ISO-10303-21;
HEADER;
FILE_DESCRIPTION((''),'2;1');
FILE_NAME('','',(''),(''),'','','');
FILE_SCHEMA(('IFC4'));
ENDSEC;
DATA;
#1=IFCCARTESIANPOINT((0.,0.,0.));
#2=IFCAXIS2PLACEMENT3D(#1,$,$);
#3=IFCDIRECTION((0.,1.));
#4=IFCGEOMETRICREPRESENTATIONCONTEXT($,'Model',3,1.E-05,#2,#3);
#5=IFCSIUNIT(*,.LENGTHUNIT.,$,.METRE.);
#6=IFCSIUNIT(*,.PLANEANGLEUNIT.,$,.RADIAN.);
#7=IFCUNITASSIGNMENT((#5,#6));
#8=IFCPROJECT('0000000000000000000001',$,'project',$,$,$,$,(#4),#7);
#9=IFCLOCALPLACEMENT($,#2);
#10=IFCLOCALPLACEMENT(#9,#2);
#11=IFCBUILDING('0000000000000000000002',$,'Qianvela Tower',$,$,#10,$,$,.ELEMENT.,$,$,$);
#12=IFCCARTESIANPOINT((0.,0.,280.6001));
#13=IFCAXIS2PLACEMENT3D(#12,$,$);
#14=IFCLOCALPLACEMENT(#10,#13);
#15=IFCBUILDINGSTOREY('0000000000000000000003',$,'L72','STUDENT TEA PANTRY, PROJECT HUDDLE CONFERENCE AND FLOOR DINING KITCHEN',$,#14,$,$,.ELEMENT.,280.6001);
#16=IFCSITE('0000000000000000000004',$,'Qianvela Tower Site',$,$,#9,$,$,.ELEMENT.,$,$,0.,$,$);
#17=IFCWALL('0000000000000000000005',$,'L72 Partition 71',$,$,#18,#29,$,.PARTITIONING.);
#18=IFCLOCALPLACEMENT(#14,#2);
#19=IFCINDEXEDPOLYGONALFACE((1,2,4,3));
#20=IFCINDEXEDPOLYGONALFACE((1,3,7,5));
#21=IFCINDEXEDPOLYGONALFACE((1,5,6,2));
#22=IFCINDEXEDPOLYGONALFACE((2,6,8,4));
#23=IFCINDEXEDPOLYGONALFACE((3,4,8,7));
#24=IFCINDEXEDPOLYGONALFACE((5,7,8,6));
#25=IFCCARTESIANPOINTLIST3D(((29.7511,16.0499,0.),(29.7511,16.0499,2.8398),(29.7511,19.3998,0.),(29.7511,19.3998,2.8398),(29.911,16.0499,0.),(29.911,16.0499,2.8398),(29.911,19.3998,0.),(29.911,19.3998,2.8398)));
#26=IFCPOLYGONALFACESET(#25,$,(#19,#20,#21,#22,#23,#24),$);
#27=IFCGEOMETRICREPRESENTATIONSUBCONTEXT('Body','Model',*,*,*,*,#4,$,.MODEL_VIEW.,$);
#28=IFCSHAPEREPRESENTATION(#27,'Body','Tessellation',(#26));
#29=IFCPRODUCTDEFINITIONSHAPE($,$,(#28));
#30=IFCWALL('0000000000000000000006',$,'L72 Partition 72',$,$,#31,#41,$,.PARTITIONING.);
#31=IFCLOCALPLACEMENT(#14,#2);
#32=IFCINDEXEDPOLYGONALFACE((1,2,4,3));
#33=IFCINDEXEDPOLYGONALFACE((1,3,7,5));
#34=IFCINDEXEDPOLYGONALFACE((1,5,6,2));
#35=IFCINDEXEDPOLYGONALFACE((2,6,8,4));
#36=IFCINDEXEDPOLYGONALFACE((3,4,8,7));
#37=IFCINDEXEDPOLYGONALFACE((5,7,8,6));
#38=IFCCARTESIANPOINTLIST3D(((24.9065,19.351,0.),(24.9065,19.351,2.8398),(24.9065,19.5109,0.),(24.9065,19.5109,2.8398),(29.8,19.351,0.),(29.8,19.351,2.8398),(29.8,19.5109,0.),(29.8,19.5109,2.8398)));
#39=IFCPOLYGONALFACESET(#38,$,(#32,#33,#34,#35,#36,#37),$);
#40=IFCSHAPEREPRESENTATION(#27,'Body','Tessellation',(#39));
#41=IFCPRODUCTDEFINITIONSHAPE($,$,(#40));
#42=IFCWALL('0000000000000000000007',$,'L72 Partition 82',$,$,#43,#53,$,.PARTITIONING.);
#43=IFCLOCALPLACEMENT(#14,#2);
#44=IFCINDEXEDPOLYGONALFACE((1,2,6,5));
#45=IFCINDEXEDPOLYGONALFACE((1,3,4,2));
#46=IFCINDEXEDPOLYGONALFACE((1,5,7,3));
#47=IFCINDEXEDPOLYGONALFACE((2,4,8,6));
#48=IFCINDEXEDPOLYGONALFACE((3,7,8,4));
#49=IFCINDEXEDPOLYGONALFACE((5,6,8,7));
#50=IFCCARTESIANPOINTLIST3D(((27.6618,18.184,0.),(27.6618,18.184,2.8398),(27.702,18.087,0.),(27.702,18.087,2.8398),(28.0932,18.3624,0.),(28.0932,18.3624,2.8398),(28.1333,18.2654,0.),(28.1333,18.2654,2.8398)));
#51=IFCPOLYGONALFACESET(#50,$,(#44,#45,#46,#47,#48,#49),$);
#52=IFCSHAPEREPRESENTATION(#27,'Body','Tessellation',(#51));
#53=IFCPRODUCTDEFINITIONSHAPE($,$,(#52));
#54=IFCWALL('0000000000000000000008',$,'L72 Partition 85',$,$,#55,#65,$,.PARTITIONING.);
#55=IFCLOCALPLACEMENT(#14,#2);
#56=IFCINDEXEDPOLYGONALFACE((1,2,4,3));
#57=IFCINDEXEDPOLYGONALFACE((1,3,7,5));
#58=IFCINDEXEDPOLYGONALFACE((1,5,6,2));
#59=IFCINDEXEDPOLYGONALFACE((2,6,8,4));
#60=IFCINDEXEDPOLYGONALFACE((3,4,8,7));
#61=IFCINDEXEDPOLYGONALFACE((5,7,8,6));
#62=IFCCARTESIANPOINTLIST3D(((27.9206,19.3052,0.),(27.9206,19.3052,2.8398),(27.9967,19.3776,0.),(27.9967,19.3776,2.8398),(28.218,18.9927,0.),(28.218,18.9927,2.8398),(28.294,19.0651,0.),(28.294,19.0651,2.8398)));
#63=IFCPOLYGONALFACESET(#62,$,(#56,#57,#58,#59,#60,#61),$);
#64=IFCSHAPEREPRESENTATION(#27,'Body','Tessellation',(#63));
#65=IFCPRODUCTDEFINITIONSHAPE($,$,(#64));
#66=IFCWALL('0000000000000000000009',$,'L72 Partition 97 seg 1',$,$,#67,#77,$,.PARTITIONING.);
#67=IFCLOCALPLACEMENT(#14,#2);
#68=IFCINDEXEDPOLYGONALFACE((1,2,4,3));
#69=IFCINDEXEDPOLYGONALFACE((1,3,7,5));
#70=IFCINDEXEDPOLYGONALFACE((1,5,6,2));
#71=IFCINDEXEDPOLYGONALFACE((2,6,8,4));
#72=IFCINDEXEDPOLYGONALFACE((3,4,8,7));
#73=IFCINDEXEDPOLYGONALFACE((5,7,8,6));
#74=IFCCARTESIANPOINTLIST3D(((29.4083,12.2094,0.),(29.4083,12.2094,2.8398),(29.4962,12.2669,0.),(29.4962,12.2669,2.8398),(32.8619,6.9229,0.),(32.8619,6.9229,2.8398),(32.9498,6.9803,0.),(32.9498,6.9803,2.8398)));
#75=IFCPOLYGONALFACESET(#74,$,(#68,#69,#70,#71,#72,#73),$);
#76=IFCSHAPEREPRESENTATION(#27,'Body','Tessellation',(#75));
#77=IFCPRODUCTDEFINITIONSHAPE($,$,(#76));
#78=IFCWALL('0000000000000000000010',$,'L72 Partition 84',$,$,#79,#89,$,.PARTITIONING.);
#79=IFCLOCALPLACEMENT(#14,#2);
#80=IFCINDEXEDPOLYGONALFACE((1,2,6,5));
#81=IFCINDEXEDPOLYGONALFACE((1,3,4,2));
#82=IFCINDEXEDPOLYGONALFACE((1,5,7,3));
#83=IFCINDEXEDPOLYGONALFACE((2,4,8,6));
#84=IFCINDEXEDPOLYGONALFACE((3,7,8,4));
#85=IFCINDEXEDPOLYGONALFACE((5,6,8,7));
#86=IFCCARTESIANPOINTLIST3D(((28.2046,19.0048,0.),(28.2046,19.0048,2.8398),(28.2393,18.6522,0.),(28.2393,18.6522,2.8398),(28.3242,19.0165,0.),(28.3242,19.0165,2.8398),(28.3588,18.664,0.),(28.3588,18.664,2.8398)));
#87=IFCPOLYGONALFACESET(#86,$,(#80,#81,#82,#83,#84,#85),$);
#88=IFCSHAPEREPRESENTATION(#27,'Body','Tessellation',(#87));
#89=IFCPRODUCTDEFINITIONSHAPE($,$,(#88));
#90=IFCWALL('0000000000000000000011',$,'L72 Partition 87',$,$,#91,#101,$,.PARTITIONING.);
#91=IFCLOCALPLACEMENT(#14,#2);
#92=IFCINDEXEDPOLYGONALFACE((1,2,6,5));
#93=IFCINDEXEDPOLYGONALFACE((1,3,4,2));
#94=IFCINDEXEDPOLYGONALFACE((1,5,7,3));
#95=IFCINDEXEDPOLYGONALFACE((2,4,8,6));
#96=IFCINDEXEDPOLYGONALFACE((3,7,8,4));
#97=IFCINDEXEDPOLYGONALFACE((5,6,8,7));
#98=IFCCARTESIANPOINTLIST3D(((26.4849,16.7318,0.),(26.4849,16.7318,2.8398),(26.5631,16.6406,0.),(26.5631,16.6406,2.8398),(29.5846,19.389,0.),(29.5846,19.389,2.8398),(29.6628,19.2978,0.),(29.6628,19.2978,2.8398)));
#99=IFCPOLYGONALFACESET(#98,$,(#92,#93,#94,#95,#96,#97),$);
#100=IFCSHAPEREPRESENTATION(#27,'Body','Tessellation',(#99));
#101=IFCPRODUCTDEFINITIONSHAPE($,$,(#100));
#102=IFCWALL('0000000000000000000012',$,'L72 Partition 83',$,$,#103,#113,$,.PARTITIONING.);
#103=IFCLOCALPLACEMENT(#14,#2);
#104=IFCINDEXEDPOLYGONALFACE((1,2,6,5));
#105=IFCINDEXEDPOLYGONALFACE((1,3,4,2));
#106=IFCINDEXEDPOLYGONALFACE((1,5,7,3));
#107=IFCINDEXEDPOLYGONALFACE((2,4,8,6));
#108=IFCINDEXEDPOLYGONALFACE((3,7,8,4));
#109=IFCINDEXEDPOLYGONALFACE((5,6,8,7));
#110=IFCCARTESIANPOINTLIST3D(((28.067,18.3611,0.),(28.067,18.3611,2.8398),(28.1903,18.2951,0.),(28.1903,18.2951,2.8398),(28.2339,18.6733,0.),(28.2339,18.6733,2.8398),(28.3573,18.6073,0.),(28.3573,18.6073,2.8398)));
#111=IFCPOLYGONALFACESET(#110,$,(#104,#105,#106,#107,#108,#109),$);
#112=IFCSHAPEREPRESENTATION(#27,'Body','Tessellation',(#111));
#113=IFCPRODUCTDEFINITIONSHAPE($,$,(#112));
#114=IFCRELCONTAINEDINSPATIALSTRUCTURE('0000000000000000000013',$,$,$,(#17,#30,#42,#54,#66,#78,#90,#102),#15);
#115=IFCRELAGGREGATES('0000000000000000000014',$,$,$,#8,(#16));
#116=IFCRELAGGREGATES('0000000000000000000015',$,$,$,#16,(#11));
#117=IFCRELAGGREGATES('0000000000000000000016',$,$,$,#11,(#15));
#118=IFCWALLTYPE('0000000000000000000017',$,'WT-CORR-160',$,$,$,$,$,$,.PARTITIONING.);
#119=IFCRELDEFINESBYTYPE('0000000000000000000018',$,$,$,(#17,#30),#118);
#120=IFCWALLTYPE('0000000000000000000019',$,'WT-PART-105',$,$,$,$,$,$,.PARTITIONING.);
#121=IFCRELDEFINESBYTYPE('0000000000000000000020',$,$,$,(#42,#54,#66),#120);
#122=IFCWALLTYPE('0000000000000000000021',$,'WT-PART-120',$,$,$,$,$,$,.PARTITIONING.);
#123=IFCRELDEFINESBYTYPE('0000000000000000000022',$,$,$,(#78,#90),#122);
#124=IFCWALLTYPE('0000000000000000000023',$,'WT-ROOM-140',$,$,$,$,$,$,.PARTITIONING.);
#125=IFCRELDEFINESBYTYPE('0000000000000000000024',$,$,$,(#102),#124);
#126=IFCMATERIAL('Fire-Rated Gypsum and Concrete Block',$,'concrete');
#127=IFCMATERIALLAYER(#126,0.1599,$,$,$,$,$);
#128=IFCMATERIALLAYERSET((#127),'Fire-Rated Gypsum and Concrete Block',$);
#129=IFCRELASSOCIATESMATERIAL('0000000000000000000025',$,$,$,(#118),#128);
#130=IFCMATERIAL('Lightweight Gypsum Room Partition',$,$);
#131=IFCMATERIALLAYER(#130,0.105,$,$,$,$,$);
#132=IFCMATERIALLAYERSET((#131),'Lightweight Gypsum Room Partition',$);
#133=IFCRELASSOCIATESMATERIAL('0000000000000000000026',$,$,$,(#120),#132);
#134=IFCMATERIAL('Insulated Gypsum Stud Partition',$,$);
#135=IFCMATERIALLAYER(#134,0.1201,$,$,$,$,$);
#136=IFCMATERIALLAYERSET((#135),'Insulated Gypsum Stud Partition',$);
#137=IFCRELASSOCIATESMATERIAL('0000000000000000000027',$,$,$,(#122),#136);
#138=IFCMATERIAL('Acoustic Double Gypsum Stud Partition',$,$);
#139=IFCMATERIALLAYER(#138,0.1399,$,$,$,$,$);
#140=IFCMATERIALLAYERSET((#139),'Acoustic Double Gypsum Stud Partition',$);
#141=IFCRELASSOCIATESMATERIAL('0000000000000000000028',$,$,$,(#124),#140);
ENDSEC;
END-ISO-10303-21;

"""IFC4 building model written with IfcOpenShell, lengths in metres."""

from ifc_helpers import new_model, si_unit, direction, frame, frame_2d, origin, place, context, subcontext, project, spatial, rectangle, extrude, material, layer, layer_set, type_object, element, save


model = new_model("IFC4")

# Units and contexts
model_context = context("Model", 3, precision=1e-05, world=origin(), true_north=direction((0.0, 1.0)))
body_context = subcontext(model_context, "Body", "Model", "MODEL_VIEW")
ifc_project = project(units=[si_unit("LENGTHUNIT", "METRE"), si_unit("PLANEANGLEUNIT", "RADIAN")], contexts=[model_context])

# Site, building, storey
site_placement = place(None, origin())
site = spatial("IfcSite", under=ifc_project, at=site_placement, Name="Qianvela Tower Site", CompositionType="ELEMENT", RefElevation=0.0)
building_placement = place(site_placement, origin())
building = spatial("IfcBuilding", under=site, at=building_placement, Name="Qianvela Tower", CompositionType="ELEMENT")
storey_placement = place(building_placement, frame((0.0, 0.0, 280.6001)))
storey = spatial("IfcBuildingStorey", under=building, at=storey_placement, Name="L72", Description="STUDENT TEA PANTRY, PROJECT HUDDLE CONFERENCE AND FLOOR DINING KITCHEN", CompositionType="ELEMENT", Elevation=280.6001)

# Shared definitions
ifc_material_1 = material(Name="Fire-Rated Gypsum and Concrete Block", Category="concrete")
ifc_layer_1 = layer(ifc_material_1, 0.1599)
ifc_layer_set_1 = layer_set([ifc_layer_1], Name="Fire-Rated Gypsum and Concrete Block")
wall_type_1 = type_object("IfcWallType", Name="WT-CORR-160", PredefinedType="PARTITIONING", material=ifc_layer_set_1)

# Walls
wall_1_placement = place(storey_placement, frame((29.8311, 16.05, 0.0), z_axis=(0.0, 0.0, 1.0), x_axis=(0.0, 1.0, 0.0)))
element("IfcWall", 1, at=wall_1_placement, inside=storey, type_object=wall_type_1, Name="L72 Partition 71", PredefinedType="PARTITIONING", context=body_context, shape_type="SweptSolid", body=[
    extrude(rectangle(XDim=3.3499, YDim=0.1599, at=frame_2d((1.6748, 0.0))), origin(), (0.0, 0.0, 1.0), 2.8398),
])
wall_2_placement = place(storey_placement, frame((29.8, 19.4309, 0.0), z_axis=(0.0, 0.0, 1.0), x_axis=(-1.0, 0.0, 0.0)))
element("IfcWall", 2, at=wall_2_placement, inside=storey, type_object=wall_type_1, Name="L72 Partition 72", PredefinedType="PARTITIONING", context=body_context, shape_type="SweptSolid", body=[
    extrude(rectangle(XDim=4.8936, YDim=0.1599, at=frame_2d((2.4468, 0.0))), origin(), (0.0, 0.0, 1.0), 2.8398),
])
ifc_material_2 = material(Name="Lightweight Gypsum Room Partition")
ifc_layer_2 = layer(ifc_material_2, 0.105)
ifc_layer_set_2 = layer_set([ifc_layer_2], Name="Lightweight Gypsum Room Partition")
wall_type_2 = type_object("IfcWallType", Name="WT-PART-105", PredefinedType="PARTITIONING", material=ifc_layer_set_2)
wall_3_placement = place(storey_placement, frame((27.6819, 18.1355, 0.0), z_axis=(0.0, 0.0, 1.0), x_axis=(0.924049, 0.382275, 0.0)))
element("IfcWall", 3, at=wall_3_placement, inside=storey, type_object=wall_type_2, Name="L72 Partition 82", PredefinedType="PARTITIONING", context=body_context, shape_type="SweptSolid", body=[
    extrude(rectangle(XDim=0.4668, YDim=0.105, at=frame_2d((0.2334, 0.0))), origin(), (0.0, 0.0, 1.0), 2.8398),
])
wall_4_placement = place(storey_placement, frame((28.2561, 19.0288, 0.0), z_axis=(0.0, 0.0, 1.0), x_axis=(-0.689344, 0.724434, 0.0)))
element("IfcWall", 4, at=wall_4_placement, inside=storey, type_object=wall_type_2, Name="L72 Partition 85", PredefinedType="PARTITIONING", context=body_context, shape_type="SweptSolid", body=[
    extrude(rectangle(XDim=0.4314, YDim=0.105, at=frame_2d((0.2158, 0.0))), origin(), (0.0, 0.0, 1.0), 2.8398),
])
wall_5_placement = place(storey_placement, frame((32.9058, 6.9517, 0.0), z_axis=(0.0, 0.0, 1.0), x_axis=(-0.546914, 0.837189, 0.0)))
element("IfcWall", 5, at=wall_5_placement, inside=storey, type_object=wall_type_2, Name="L72 Partition 97 seg 1", PredefinedType="PARTITIONING", context=body_context, shape_type="SweptSolid", body=[
    extrude(rectangle(XDim=6.3147, YDim=0.105, at=frame_2d((3.1572, 0.0))), origin(), (0.0, 0.0, 1.0), 2.8398),
])
ifc_material_3 = material(Name="Insulated Gypsum Stud Partition")
ifc_layer_3 = layer(ifc_material_3, 0.1201)
ifc_layer_set_3 = layer_set([ifc_layer_3], Name="Insulated Gypsum Stud Partition")
wall_type_3 = type_object("IfcWallType", Name="WT-PART-120", PredefinedType="PARTITIONING", material=ifc_layer_set_3)
wall_6_placement = place(storey_placement, frame((28.2991, 18.658, 0.0), z_axis=(0.0, 0.0, 1.0), x_axis=(-0.097866, 0.9952, 0.0)))
element("IfcWall", 6, at=wall_6_placement, inside=storey, type_object=wall_type_3, Name="L72 Partition 84", PredefinedType="PARTITIONING", context=body_context, shape_type="SweptSolid", body=[
    extrude(rectangle(XDim=0.3542, YDim=0.1201, at=frame_2d((0.1772, 0.0))), origin(), (0.0, 0.0, 1.0), 2.8398),
])
wall_7_placement = place(storey_placement, frame((29.6238, 19.3435, 0.0), z_axis=(0.0, 0.0, 1.0), x_axis=(-0.759206, -0.65085, 0.0)))
element("IfcWall", 7, at=wall_7_placement, inside=storey, type_object=wall_type_3, Name="L72 Partition 87", PredefinedType="PARTITIONING", context=body_context, shape_type="SweptSolid", body=[
    extrude(rectangle(XDim=4.0828, YDim=0.1201, at=frame_2d((2.0415, 0.0))), origin(), (0.0, 0.0, 1.0), 2.8398),
])
ifc_material_4 = material(Name="Acoustic Double Gypsum Stud Partition")
ifc_layer_4 = layer(ifc_material_4, 0.1399)
ifc_layer_set_4 = layer_set([ifc_layer_4], Name="Acoustic Double Gypsum Stud Partition")
wall_type_4 = type_object("IfcWallType", Name="WT-ROOM-140", PredefinedType="PARTITIONING", material=ifc_layer_set_4)
wall_8_placement = place(storey_placement, frame((28.1287, 18.3281, 0.0), z_axis=(0.0, 0.0, 1.0), x_axis=(0.47159, 0.881818, 0.0)))
element("IfcWall", 8, at=wall_8_placement, inside=storey, type_object=wall_type_4, Name="L72 Partition 83", PredefinedType="PARTITIONING", context=body_context, shape_type="SweptSolid", body=[
    extrude(rectangle(XDim=0.354, YDim=0.1399, at=frame_2d((0.177, 0.0))), origin(), (0.0, 0.0, 1.0), 2.8398),
])

save(model, "model.ifc")
